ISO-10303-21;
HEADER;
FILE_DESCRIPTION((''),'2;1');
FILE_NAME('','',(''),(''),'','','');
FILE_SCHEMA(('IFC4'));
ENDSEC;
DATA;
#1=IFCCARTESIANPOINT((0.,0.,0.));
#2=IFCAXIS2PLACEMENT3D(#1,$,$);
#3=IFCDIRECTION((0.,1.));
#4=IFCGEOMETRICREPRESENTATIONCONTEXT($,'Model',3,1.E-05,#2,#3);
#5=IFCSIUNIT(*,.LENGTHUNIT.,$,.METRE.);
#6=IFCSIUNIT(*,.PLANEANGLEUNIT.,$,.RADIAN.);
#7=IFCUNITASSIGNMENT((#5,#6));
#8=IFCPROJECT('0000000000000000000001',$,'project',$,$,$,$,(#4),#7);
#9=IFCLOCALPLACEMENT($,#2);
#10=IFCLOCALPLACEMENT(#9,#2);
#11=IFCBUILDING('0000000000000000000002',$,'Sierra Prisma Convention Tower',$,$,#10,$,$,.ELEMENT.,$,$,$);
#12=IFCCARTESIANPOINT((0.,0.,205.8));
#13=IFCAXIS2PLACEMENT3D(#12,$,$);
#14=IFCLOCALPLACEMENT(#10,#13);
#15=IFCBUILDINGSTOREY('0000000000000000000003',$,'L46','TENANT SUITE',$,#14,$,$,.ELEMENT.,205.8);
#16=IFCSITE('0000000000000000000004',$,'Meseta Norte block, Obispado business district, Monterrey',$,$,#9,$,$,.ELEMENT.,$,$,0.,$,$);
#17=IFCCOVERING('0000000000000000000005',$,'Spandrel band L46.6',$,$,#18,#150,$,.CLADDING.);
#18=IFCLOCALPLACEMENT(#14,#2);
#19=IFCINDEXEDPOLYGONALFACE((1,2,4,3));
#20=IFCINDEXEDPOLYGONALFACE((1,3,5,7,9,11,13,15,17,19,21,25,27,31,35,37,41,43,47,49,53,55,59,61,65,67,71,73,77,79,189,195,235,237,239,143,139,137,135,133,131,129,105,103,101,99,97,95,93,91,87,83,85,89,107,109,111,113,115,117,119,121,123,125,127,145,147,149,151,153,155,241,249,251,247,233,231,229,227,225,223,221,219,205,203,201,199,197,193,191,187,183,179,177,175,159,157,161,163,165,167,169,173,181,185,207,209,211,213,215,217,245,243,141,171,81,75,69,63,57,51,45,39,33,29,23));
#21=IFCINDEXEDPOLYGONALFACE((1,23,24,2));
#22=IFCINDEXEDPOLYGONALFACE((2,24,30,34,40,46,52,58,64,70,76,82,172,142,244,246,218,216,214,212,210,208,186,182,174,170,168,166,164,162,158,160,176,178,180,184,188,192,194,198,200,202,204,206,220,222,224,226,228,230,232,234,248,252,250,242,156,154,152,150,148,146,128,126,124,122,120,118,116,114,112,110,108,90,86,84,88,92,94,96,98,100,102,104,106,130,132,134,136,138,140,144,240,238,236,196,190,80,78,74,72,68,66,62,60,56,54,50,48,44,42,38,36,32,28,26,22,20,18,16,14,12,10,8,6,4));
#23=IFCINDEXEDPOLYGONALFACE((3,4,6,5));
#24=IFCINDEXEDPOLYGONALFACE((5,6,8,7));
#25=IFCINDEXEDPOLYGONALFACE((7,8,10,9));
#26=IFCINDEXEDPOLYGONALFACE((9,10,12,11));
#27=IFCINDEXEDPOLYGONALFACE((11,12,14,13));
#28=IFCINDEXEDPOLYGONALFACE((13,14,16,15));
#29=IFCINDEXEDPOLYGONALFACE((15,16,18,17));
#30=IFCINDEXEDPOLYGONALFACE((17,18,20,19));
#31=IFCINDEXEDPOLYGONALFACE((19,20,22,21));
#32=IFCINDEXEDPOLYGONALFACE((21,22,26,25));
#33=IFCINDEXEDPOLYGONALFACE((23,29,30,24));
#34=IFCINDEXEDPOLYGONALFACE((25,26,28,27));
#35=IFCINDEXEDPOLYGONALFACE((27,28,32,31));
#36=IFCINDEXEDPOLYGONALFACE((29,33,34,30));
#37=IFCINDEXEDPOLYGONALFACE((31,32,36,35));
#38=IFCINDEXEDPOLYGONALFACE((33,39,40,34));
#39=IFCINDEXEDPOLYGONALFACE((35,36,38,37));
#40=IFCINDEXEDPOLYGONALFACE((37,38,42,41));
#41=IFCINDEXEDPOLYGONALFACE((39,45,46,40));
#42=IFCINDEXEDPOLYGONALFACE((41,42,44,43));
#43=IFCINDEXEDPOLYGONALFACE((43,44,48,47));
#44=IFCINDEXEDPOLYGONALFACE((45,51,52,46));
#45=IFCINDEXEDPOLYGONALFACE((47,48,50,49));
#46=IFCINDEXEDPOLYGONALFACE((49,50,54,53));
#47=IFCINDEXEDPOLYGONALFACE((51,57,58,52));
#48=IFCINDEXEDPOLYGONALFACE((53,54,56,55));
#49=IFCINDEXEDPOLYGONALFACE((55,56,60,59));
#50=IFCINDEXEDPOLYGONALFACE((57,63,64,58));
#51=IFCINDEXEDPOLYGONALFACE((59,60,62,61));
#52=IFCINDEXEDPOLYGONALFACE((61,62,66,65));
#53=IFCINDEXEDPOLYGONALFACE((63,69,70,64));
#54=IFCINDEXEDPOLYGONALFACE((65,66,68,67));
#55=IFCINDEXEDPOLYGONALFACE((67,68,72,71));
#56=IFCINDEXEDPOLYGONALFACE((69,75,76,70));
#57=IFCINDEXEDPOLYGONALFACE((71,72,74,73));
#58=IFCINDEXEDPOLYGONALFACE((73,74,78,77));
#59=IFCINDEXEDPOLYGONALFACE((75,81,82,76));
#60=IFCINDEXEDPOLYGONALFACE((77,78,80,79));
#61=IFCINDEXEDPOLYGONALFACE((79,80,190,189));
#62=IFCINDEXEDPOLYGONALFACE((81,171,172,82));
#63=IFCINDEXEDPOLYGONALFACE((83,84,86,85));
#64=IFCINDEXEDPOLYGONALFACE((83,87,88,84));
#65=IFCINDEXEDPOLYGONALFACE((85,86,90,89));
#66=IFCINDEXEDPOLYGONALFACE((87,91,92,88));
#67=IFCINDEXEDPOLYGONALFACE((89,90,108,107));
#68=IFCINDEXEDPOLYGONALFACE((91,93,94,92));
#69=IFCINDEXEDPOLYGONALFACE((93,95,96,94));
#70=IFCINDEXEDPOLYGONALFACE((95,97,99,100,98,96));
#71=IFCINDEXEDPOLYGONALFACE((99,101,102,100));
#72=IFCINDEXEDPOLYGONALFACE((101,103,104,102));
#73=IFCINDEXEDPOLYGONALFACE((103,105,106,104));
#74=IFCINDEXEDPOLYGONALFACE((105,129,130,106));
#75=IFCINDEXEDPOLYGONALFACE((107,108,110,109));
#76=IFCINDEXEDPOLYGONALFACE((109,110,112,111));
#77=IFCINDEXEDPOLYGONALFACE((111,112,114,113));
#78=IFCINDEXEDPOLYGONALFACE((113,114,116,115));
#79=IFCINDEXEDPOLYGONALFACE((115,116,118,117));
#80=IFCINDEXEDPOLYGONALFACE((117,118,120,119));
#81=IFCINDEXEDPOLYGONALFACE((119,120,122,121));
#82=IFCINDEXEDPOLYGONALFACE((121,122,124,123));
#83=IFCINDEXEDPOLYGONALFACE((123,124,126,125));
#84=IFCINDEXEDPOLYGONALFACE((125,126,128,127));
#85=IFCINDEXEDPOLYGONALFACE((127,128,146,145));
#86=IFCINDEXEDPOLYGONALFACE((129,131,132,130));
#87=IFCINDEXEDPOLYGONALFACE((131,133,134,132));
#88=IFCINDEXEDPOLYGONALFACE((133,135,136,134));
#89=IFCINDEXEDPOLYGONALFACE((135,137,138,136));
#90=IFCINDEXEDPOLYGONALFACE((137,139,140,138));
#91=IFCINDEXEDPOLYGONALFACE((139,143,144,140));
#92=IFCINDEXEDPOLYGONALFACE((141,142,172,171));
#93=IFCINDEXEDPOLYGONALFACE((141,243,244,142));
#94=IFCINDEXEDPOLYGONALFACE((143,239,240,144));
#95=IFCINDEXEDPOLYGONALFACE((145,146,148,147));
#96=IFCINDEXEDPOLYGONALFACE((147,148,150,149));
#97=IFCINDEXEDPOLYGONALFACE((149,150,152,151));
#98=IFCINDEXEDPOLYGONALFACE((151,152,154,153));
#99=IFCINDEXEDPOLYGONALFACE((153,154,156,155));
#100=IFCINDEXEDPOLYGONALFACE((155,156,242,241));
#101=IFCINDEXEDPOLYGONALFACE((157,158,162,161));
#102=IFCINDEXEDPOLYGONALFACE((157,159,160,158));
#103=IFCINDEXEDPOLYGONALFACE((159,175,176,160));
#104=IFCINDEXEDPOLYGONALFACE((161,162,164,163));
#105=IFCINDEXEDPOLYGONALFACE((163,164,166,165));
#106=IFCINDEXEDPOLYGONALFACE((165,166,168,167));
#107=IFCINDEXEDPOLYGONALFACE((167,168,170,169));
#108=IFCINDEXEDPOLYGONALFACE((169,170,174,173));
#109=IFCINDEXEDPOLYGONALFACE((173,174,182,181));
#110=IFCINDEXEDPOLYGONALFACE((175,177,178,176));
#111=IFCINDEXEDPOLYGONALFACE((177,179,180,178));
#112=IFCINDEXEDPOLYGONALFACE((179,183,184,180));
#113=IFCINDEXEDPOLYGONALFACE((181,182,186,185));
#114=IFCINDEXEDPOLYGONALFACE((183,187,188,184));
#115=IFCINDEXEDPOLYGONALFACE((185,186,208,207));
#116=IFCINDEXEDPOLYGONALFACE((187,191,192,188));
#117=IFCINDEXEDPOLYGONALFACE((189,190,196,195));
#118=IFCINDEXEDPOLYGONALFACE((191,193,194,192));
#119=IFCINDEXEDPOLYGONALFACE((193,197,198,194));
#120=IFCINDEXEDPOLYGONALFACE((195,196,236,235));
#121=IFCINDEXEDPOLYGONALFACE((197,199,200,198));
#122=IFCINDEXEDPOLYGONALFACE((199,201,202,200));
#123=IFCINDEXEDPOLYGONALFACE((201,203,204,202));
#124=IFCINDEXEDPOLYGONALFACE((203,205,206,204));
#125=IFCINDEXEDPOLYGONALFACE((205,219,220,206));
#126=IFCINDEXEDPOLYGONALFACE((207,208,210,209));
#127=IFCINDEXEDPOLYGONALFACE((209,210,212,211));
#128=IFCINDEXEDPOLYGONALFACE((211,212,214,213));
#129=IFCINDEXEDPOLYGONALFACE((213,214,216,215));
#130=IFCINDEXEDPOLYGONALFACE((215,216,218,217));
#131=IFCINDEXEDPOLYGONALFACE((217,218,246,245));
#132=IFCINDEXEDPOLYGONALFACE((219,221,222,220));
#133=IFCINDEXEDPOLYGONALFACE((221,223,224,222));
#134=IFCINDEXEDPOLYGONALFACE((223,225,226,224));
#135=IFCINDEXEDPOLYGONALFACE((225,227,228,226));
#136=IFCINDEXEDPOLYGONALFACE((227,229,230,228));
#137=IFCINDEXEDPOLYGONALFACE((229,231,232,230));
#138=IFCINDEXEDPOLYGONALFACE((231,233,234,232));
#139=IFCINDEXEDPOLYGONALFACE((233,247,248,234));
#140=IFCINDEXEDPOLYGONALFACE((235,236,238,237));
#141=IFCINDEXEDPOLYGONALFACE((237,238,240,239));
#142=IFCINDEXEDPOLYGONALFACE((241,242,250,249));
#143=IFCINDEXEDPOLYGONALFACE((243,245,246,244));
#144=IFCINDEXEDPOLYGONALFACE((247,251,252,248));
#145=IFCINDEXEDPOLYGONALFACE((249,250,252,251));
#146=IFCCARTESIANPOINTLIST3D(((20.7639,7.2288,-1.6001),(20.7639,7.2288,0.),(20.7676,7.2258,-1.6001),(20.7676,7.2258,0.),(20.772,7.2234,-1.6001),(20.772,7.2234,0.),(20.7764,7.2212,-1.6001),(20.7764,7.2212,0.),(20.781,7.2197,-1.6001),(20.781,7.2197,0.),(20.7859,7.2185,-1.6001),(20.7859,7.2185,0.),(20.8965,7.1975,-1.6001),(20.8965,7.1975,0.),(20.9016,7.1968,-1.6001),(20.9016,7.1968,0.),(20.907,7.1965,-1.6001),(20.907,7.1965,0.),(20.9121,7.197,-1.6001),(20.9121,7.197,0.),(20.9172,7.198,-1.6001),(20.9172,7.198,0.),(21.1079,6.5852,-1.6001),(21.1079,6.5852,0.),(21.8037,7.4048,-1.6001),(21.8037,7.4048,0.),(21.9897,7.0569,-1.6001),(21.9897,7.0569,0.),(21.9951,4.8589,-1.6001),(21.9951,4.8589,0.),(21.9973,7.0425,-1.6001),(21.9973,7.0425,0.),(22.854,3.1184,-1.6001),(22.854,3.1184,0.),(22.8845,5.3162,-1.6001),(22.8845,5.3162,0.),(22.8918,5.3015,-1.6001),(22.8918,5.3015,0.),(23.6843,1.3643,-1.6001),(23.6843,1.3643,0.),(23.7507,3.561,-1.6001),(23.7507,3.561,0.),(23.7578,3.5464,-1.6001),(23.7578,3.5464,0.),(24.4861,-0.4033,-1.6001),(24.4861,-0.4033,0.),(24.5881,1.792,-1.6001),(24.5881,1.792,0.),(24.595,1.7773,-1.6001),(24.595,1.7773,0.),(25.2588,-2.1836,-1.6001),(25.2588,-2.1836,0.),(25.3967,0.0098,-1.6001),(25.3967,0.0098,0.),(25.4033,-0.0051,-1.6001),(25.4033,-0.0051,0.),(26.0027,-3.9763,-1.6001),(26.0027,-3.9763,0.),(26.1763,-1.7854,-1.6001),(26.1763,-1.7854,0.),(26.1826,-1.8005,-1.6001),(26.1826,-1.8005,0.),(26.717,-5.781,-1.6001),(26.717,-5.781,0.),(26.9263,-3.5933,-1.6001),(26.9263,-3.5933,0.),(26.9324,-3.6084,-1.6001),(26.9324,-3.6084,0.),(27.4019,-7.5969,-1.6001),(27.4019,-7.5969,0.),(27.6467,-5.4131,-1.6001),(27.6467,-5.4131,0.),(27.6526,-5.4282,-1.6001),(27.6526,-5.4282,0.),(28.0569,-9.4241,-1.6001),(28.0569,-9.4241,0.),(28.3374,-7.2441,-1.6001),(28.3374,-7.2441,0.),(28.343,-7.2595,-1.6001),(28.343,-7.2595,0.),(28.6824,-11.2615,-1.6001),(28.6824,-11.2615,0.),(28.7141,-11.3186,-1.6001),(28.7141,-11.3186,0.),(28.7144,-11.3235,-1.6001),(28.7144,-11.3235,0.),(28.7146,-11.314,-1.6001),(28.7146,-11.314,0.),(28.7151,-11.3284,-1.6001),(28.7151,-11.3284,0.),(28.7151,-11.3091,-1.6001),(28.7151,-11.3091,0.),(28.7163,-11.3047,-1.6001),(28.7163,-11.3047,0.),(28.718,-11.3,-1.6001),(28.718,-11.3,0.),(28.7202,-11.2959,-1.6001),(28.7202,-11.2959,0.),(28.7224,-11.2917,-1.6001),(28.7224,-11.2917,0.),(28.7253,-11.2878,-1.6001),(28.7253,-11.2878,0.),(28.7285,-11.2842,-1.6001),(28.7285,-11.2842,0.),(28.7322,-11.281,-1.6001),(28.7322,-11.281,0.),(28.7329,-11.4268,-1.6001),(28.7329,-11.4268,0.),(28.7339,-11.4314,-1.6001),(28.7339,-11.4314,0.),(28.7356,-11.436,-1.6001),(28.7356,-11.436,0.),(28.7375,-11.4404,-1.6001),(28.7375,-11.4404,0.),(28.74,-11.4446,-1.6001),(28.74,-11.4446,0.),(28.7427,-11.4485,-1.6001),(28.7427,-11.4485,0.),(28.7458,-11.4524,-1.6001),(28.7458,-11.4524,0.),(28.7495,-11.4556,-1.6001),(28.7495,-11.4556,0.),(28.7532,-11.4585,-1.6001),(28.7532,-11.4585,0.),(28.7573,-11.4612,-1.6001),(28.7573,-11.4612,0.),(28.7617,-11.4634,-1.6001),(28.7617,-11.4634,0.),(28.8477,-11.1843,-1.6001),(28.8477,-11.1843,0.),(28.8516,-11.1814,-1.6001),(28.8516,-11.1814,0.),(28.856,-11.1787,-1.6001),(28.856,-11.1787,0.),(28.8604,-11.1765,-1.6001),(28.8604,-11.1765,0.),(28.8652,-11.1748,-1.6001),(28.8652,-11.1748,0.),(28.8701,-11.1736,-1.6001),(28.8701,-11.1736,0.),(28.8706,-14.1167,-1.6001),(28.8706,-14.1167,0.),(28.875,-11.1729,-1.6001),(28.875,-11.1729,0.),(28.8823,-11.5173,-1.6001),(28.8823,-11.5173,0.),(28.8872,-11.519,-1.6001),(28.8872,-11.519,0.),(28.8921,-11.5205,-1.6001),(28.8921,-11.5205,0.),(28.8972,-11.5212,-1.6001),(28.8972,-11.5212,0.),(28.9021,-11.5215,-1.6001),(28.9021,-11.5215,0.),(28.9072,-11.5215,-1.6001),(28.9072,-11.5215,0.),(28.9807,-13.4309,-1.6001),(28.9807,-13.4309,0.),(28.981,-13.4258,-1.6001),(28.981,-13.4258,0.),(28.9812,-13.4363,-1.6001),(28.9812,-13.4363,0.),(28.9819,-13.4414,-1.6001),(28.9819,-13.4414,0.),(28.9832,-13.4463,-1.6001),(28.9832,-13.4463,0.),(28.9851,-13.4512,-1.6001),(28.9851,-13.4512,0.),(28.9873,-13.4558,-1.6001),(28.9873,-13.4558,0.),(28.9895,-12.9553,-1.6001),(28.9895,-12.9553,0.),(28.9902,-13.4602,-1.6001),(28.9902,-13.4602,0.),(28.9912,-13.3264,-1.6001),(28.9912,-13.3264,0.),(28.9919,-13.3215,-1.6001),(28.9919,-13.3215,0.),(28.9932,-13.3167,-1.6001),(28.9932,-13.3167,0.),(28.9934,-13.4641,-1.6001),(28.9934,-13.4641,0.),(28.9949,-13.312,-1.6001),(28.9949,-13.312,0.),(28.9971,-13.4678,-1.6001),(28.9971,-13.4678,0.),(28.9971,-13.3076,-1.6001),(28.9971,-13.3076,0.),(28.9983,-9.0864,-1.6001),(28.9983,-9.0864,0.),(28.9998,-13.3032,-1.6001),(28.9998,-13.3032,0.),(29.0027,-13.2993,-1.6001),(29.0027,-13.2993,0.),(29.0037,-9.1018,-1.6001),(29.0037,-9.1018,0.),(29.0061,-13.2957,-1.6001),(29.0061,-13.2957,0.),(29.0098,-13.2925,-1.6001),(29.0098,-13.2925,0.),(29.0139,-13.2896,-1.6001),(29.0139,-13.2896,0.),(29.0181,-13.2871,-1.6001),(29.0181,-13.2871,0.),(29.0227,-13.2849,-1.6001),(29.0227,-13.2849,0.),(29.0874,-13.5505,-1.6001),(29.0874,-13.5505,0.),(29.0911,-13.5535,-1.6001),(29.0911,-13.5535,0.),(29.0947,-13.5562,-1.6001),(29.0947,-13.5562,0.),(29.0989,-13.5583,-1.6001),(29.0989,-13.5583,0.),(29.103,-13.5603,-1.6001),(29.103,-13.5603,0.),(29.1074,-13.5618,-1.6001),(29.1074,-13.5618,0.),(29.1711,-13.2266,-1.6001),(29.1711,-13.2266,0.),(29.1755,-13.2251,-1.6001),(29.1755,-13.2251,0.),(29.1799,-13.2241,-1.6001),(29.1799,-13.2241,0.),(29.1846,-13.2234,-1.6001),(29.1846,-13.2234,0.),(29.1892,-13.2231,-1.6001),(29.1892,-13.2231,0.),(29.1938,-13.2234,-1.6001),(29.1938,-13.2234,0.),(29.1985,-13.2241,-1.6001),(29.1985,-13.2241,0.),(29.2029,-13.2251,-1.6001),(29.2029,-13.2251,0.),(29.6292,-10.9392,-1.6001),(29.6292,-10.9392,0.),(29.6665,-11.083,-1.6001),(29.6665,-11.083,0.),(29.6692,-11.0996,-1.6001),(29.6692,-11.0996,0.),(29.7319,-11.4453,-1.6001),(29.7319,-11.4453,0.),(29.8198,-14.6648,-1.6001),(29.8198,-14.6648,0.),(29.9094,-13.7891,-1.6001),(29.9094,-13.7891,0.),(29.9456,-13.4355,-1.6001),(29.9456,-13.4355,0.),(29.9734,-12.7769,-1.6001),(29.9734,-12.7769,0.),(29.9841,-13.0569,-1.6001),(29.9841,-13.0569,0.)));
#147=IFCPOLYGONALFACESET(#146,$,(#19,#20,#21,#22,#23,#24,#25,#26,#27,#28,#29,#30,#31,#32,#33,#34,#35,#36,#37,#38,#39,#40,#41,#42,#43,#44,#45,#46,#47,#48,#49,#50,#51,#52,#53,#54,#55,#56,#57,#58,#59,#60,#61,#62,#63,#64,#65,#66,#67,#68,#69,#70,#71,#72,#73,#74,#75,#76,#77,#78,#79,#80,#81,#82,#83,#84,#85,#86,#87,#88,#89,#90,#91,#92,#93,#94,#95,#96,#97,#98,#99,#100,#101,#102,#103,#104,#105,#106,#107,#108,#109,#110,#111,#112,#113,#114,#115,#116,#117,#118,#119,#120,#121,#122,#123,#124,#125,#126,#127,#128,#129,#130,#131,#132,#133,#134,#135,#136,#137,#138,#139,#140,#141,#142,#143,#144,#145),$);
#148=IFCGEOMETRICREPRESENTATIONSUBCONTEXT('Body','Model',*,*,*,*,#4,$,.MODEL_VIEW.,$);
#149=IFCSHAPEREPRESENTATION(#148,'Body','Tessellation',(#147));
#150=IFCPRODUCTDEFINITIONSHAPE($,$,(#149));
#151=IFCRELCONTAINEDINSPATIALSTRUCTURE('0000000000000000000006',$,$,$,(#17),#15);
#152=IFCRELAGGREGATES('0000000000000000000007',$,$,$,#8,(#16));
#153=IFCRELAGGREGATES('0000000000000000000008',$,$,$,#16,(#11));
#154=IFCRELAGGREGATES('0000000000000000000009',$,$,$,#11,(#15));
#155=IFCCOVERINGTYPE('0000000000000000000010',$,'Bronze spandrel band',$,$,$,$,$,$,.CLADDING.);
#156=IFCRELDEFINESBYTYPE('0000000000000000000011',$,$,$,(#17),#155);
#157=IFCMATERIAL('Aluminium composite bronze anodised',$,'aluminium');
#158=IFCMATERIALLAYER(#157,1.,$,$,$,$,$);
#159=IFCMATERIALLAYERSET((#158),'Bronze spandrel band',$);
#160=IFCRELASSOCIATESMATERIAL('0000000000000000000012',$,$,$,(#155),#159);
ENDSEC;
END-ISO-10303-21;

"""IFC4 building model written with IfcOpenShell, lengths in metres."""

from ifc_helpers import new_model, si_unit, direction, frame, origin, place, context, subcontext, project, spatial, polyline, outline, extrude, material, layer, layer_set, type_object, element, save


model = new_model("IFC4")

# Units and contexts
model_context = context("Model", 3, precision=1e-05, world=origin(), true_north=direction((0.0, 1.0)))
body_context = subcontext(model_context, "Body", "Model", "MODEL_VIEW")
ifc_project = project(units=[si_unit("LENGTHUNIT", "METRE"), si_unit("PLANEANGLEUNIT", "RADIAN")], contexts=[model_context])

# Site, building, storey
site_placement = place(None, origin())
site = spatial("IfcSite", under=ifc_project, at=site_placement, Name="Meseta Norte block, Obispado business district, Monterrey", CompositionType="ELEMENT", RefElevation=0.0)
building_placement = place(site_placement, origin())
building = spatial("IfcBuilding", under=site, at=building_placement, Name="Sierra Prisma Convention Tower", CompositionType="ELEMENT")
storey_placement = place(building_placement, frame((0.0, 0.0, 205.8)))
storey = spatial("IfcBuildingStorey", under=building, at=storey_placement, Name="L46", Description="TENANT SUITE", CompositionType="ELEMENT", Elevation=205.8)

# Covering
ifc_material_1 = material(Name="Aluminium composite bronze anodised", Category="aluminium")
ifc_layer_1 = layer(ifc_material_1, 1.0)
ifc_layer_set_1 = layer_set([ifc_layer_1], Name="Bronze spandrel band")
covering_type_1 = type_object("IfcCoveringType", Name="Bronze spandrel band", PredefinedType="CLADDING", material=ifc_layer_set_1)
covering_1_placement = place(storey_placement, frame((0.0, 0.0, -1.6001)))
element("IfcCovering", 1, at=covering_1_placement, inside=storey, type_object=covering_type_1, Name="Spandrel band L46.6", PredefinedType="CLADDING", context=body_context, shape_type="SweptSolid", body=[
    extrude(outline(polyline([(25.4033, -0.0051), (26.1763, -1.7854), (26.1826, -1.8005), (26.9263, -3.5933), (26.9324, -3.6084), (27.6467, -5.4131), (27.6526, -5.4282), (28.3374, -7.2441), (28.343, -7.2595), (28.9983, -9.0864), (29.0037, -9.1018), (29.6292, -10.9392), (29.6665, -11.083), (29.6692, -11.0996), (28.875, -11.1729), (28.8701, -11.1736), (28.8652, -11.1748), (28.8604, -11.1765), (28.856, -11.1787), (28.8516, -11.1814), (28.8477, -11.1843), (28.7322, -11.281), (28.7285, -11.2842), (28.7253, -11.2878), (28.7224, -11.2917), (28.7202, -11.2959), (28.718, -11.3), (28.7163, -11.3047), (28.7151, -11.3091), (28.7146, -11.314), (28.7141, -11.3186), (28.7144, -11.3235), (28.7151, -11.3284), (28.7329, -11.4268), (28.7339, -11.4314), (28.7356, -11.436), (28.7375, -11.4404), (28.74, -11.4446), (28.7427, -11.4485), (28.7458, -11.4524), (28.7495, -11.4556), (28.7532, -11.4585), (28.7573, -11.4612), (28.7617, -11.4634), (28.8823, -11.5173), (28.8872, -11.519), (28.8921, -11.5205), (28.8972, -11.5212), (28.9021, -11.5215), (28.9072, -11.5215), (29.7319, -11.4453), (29.9734, -12.7769), (29.9841, -13.0569), (29.9456, -13.4355), (29.2029, -13.2251), (29.1985, -13.2241), (29.1938, -13.2234), (29.1892, -13.2231), (29.1846, -13.2234), (29.1799, -13.2241), (29.1755, -13.2251), (29.1711, -13.2266), (29.0227, -13.2849), (29.0181, -13.2871), (29.0139, -13.2896), (29.0098, -13.2925), (29.0061, -13.2957), (29.0027, -13.2993), (28.9998, -13.3032), (28.9971, -13.3076), (28.9949, -13.312), (28.9932, -13.3167), (28.9919, -13.3215), (28.9912, -13.3264), (28.981, -13.4258), (28.9807, -13.4309), (28.9812, -13.4363), (28.9819, -13.4414), (28.9832, -13.4463), (28.9851, -13.4512), (28.9873, -13.4558), (28.9902, -13.4602), (28.9934, -13.4641), (28.9971, -13.4678), (29.0874, -13.5505), (29.0911, -13.5535), (29.0947, -13.5562), (29.0989, -13.5583), (29.103, -13.5603), (29.1074, -13.5618), (29.9094, -13.7891), (29.8198, -14.6648), (28.8706, -14.1167), (28.9895, -12.9553), (28.6824, -11.2615), (28.0569, -9.4241), (27.4019, -7.5969), (26.717, -5.781), (26.0027, -3.9763), (25.2588, -2.1836), (24.4861, -0.4033), (23.6843, 1.3643), (22.854, 3.1184), (21.9951, 4.8589), (21.1079, 6.5852), (20.7639, 7.2288), (20.7676, 7.2258), (20.772, 7.2234), (20.7764, 7.2212), (20.781, 7.2197), (20.7859, 7.2185), (20.8965, 7.1975), (20.9016, 7.1968), (20.907, 7.1965), (20.9121, 7.197), (20.9172, 7.198), (21.8037, 7.4048), (21.9897, 7.0569), (21.9973, 7.0425), (22.8845, 5.3162), (22.8918, 5.3015), (23.7507, 3.561), (23.7578, 3.5464), (24.5881, 1.792), (24.595, 1.7773), (25.3967, 0.0098), (25.4033, -0.0051)])), origin(), (0.0, 0.0, 1.0), 1.6001),
])

save(model, "model.ifc")
